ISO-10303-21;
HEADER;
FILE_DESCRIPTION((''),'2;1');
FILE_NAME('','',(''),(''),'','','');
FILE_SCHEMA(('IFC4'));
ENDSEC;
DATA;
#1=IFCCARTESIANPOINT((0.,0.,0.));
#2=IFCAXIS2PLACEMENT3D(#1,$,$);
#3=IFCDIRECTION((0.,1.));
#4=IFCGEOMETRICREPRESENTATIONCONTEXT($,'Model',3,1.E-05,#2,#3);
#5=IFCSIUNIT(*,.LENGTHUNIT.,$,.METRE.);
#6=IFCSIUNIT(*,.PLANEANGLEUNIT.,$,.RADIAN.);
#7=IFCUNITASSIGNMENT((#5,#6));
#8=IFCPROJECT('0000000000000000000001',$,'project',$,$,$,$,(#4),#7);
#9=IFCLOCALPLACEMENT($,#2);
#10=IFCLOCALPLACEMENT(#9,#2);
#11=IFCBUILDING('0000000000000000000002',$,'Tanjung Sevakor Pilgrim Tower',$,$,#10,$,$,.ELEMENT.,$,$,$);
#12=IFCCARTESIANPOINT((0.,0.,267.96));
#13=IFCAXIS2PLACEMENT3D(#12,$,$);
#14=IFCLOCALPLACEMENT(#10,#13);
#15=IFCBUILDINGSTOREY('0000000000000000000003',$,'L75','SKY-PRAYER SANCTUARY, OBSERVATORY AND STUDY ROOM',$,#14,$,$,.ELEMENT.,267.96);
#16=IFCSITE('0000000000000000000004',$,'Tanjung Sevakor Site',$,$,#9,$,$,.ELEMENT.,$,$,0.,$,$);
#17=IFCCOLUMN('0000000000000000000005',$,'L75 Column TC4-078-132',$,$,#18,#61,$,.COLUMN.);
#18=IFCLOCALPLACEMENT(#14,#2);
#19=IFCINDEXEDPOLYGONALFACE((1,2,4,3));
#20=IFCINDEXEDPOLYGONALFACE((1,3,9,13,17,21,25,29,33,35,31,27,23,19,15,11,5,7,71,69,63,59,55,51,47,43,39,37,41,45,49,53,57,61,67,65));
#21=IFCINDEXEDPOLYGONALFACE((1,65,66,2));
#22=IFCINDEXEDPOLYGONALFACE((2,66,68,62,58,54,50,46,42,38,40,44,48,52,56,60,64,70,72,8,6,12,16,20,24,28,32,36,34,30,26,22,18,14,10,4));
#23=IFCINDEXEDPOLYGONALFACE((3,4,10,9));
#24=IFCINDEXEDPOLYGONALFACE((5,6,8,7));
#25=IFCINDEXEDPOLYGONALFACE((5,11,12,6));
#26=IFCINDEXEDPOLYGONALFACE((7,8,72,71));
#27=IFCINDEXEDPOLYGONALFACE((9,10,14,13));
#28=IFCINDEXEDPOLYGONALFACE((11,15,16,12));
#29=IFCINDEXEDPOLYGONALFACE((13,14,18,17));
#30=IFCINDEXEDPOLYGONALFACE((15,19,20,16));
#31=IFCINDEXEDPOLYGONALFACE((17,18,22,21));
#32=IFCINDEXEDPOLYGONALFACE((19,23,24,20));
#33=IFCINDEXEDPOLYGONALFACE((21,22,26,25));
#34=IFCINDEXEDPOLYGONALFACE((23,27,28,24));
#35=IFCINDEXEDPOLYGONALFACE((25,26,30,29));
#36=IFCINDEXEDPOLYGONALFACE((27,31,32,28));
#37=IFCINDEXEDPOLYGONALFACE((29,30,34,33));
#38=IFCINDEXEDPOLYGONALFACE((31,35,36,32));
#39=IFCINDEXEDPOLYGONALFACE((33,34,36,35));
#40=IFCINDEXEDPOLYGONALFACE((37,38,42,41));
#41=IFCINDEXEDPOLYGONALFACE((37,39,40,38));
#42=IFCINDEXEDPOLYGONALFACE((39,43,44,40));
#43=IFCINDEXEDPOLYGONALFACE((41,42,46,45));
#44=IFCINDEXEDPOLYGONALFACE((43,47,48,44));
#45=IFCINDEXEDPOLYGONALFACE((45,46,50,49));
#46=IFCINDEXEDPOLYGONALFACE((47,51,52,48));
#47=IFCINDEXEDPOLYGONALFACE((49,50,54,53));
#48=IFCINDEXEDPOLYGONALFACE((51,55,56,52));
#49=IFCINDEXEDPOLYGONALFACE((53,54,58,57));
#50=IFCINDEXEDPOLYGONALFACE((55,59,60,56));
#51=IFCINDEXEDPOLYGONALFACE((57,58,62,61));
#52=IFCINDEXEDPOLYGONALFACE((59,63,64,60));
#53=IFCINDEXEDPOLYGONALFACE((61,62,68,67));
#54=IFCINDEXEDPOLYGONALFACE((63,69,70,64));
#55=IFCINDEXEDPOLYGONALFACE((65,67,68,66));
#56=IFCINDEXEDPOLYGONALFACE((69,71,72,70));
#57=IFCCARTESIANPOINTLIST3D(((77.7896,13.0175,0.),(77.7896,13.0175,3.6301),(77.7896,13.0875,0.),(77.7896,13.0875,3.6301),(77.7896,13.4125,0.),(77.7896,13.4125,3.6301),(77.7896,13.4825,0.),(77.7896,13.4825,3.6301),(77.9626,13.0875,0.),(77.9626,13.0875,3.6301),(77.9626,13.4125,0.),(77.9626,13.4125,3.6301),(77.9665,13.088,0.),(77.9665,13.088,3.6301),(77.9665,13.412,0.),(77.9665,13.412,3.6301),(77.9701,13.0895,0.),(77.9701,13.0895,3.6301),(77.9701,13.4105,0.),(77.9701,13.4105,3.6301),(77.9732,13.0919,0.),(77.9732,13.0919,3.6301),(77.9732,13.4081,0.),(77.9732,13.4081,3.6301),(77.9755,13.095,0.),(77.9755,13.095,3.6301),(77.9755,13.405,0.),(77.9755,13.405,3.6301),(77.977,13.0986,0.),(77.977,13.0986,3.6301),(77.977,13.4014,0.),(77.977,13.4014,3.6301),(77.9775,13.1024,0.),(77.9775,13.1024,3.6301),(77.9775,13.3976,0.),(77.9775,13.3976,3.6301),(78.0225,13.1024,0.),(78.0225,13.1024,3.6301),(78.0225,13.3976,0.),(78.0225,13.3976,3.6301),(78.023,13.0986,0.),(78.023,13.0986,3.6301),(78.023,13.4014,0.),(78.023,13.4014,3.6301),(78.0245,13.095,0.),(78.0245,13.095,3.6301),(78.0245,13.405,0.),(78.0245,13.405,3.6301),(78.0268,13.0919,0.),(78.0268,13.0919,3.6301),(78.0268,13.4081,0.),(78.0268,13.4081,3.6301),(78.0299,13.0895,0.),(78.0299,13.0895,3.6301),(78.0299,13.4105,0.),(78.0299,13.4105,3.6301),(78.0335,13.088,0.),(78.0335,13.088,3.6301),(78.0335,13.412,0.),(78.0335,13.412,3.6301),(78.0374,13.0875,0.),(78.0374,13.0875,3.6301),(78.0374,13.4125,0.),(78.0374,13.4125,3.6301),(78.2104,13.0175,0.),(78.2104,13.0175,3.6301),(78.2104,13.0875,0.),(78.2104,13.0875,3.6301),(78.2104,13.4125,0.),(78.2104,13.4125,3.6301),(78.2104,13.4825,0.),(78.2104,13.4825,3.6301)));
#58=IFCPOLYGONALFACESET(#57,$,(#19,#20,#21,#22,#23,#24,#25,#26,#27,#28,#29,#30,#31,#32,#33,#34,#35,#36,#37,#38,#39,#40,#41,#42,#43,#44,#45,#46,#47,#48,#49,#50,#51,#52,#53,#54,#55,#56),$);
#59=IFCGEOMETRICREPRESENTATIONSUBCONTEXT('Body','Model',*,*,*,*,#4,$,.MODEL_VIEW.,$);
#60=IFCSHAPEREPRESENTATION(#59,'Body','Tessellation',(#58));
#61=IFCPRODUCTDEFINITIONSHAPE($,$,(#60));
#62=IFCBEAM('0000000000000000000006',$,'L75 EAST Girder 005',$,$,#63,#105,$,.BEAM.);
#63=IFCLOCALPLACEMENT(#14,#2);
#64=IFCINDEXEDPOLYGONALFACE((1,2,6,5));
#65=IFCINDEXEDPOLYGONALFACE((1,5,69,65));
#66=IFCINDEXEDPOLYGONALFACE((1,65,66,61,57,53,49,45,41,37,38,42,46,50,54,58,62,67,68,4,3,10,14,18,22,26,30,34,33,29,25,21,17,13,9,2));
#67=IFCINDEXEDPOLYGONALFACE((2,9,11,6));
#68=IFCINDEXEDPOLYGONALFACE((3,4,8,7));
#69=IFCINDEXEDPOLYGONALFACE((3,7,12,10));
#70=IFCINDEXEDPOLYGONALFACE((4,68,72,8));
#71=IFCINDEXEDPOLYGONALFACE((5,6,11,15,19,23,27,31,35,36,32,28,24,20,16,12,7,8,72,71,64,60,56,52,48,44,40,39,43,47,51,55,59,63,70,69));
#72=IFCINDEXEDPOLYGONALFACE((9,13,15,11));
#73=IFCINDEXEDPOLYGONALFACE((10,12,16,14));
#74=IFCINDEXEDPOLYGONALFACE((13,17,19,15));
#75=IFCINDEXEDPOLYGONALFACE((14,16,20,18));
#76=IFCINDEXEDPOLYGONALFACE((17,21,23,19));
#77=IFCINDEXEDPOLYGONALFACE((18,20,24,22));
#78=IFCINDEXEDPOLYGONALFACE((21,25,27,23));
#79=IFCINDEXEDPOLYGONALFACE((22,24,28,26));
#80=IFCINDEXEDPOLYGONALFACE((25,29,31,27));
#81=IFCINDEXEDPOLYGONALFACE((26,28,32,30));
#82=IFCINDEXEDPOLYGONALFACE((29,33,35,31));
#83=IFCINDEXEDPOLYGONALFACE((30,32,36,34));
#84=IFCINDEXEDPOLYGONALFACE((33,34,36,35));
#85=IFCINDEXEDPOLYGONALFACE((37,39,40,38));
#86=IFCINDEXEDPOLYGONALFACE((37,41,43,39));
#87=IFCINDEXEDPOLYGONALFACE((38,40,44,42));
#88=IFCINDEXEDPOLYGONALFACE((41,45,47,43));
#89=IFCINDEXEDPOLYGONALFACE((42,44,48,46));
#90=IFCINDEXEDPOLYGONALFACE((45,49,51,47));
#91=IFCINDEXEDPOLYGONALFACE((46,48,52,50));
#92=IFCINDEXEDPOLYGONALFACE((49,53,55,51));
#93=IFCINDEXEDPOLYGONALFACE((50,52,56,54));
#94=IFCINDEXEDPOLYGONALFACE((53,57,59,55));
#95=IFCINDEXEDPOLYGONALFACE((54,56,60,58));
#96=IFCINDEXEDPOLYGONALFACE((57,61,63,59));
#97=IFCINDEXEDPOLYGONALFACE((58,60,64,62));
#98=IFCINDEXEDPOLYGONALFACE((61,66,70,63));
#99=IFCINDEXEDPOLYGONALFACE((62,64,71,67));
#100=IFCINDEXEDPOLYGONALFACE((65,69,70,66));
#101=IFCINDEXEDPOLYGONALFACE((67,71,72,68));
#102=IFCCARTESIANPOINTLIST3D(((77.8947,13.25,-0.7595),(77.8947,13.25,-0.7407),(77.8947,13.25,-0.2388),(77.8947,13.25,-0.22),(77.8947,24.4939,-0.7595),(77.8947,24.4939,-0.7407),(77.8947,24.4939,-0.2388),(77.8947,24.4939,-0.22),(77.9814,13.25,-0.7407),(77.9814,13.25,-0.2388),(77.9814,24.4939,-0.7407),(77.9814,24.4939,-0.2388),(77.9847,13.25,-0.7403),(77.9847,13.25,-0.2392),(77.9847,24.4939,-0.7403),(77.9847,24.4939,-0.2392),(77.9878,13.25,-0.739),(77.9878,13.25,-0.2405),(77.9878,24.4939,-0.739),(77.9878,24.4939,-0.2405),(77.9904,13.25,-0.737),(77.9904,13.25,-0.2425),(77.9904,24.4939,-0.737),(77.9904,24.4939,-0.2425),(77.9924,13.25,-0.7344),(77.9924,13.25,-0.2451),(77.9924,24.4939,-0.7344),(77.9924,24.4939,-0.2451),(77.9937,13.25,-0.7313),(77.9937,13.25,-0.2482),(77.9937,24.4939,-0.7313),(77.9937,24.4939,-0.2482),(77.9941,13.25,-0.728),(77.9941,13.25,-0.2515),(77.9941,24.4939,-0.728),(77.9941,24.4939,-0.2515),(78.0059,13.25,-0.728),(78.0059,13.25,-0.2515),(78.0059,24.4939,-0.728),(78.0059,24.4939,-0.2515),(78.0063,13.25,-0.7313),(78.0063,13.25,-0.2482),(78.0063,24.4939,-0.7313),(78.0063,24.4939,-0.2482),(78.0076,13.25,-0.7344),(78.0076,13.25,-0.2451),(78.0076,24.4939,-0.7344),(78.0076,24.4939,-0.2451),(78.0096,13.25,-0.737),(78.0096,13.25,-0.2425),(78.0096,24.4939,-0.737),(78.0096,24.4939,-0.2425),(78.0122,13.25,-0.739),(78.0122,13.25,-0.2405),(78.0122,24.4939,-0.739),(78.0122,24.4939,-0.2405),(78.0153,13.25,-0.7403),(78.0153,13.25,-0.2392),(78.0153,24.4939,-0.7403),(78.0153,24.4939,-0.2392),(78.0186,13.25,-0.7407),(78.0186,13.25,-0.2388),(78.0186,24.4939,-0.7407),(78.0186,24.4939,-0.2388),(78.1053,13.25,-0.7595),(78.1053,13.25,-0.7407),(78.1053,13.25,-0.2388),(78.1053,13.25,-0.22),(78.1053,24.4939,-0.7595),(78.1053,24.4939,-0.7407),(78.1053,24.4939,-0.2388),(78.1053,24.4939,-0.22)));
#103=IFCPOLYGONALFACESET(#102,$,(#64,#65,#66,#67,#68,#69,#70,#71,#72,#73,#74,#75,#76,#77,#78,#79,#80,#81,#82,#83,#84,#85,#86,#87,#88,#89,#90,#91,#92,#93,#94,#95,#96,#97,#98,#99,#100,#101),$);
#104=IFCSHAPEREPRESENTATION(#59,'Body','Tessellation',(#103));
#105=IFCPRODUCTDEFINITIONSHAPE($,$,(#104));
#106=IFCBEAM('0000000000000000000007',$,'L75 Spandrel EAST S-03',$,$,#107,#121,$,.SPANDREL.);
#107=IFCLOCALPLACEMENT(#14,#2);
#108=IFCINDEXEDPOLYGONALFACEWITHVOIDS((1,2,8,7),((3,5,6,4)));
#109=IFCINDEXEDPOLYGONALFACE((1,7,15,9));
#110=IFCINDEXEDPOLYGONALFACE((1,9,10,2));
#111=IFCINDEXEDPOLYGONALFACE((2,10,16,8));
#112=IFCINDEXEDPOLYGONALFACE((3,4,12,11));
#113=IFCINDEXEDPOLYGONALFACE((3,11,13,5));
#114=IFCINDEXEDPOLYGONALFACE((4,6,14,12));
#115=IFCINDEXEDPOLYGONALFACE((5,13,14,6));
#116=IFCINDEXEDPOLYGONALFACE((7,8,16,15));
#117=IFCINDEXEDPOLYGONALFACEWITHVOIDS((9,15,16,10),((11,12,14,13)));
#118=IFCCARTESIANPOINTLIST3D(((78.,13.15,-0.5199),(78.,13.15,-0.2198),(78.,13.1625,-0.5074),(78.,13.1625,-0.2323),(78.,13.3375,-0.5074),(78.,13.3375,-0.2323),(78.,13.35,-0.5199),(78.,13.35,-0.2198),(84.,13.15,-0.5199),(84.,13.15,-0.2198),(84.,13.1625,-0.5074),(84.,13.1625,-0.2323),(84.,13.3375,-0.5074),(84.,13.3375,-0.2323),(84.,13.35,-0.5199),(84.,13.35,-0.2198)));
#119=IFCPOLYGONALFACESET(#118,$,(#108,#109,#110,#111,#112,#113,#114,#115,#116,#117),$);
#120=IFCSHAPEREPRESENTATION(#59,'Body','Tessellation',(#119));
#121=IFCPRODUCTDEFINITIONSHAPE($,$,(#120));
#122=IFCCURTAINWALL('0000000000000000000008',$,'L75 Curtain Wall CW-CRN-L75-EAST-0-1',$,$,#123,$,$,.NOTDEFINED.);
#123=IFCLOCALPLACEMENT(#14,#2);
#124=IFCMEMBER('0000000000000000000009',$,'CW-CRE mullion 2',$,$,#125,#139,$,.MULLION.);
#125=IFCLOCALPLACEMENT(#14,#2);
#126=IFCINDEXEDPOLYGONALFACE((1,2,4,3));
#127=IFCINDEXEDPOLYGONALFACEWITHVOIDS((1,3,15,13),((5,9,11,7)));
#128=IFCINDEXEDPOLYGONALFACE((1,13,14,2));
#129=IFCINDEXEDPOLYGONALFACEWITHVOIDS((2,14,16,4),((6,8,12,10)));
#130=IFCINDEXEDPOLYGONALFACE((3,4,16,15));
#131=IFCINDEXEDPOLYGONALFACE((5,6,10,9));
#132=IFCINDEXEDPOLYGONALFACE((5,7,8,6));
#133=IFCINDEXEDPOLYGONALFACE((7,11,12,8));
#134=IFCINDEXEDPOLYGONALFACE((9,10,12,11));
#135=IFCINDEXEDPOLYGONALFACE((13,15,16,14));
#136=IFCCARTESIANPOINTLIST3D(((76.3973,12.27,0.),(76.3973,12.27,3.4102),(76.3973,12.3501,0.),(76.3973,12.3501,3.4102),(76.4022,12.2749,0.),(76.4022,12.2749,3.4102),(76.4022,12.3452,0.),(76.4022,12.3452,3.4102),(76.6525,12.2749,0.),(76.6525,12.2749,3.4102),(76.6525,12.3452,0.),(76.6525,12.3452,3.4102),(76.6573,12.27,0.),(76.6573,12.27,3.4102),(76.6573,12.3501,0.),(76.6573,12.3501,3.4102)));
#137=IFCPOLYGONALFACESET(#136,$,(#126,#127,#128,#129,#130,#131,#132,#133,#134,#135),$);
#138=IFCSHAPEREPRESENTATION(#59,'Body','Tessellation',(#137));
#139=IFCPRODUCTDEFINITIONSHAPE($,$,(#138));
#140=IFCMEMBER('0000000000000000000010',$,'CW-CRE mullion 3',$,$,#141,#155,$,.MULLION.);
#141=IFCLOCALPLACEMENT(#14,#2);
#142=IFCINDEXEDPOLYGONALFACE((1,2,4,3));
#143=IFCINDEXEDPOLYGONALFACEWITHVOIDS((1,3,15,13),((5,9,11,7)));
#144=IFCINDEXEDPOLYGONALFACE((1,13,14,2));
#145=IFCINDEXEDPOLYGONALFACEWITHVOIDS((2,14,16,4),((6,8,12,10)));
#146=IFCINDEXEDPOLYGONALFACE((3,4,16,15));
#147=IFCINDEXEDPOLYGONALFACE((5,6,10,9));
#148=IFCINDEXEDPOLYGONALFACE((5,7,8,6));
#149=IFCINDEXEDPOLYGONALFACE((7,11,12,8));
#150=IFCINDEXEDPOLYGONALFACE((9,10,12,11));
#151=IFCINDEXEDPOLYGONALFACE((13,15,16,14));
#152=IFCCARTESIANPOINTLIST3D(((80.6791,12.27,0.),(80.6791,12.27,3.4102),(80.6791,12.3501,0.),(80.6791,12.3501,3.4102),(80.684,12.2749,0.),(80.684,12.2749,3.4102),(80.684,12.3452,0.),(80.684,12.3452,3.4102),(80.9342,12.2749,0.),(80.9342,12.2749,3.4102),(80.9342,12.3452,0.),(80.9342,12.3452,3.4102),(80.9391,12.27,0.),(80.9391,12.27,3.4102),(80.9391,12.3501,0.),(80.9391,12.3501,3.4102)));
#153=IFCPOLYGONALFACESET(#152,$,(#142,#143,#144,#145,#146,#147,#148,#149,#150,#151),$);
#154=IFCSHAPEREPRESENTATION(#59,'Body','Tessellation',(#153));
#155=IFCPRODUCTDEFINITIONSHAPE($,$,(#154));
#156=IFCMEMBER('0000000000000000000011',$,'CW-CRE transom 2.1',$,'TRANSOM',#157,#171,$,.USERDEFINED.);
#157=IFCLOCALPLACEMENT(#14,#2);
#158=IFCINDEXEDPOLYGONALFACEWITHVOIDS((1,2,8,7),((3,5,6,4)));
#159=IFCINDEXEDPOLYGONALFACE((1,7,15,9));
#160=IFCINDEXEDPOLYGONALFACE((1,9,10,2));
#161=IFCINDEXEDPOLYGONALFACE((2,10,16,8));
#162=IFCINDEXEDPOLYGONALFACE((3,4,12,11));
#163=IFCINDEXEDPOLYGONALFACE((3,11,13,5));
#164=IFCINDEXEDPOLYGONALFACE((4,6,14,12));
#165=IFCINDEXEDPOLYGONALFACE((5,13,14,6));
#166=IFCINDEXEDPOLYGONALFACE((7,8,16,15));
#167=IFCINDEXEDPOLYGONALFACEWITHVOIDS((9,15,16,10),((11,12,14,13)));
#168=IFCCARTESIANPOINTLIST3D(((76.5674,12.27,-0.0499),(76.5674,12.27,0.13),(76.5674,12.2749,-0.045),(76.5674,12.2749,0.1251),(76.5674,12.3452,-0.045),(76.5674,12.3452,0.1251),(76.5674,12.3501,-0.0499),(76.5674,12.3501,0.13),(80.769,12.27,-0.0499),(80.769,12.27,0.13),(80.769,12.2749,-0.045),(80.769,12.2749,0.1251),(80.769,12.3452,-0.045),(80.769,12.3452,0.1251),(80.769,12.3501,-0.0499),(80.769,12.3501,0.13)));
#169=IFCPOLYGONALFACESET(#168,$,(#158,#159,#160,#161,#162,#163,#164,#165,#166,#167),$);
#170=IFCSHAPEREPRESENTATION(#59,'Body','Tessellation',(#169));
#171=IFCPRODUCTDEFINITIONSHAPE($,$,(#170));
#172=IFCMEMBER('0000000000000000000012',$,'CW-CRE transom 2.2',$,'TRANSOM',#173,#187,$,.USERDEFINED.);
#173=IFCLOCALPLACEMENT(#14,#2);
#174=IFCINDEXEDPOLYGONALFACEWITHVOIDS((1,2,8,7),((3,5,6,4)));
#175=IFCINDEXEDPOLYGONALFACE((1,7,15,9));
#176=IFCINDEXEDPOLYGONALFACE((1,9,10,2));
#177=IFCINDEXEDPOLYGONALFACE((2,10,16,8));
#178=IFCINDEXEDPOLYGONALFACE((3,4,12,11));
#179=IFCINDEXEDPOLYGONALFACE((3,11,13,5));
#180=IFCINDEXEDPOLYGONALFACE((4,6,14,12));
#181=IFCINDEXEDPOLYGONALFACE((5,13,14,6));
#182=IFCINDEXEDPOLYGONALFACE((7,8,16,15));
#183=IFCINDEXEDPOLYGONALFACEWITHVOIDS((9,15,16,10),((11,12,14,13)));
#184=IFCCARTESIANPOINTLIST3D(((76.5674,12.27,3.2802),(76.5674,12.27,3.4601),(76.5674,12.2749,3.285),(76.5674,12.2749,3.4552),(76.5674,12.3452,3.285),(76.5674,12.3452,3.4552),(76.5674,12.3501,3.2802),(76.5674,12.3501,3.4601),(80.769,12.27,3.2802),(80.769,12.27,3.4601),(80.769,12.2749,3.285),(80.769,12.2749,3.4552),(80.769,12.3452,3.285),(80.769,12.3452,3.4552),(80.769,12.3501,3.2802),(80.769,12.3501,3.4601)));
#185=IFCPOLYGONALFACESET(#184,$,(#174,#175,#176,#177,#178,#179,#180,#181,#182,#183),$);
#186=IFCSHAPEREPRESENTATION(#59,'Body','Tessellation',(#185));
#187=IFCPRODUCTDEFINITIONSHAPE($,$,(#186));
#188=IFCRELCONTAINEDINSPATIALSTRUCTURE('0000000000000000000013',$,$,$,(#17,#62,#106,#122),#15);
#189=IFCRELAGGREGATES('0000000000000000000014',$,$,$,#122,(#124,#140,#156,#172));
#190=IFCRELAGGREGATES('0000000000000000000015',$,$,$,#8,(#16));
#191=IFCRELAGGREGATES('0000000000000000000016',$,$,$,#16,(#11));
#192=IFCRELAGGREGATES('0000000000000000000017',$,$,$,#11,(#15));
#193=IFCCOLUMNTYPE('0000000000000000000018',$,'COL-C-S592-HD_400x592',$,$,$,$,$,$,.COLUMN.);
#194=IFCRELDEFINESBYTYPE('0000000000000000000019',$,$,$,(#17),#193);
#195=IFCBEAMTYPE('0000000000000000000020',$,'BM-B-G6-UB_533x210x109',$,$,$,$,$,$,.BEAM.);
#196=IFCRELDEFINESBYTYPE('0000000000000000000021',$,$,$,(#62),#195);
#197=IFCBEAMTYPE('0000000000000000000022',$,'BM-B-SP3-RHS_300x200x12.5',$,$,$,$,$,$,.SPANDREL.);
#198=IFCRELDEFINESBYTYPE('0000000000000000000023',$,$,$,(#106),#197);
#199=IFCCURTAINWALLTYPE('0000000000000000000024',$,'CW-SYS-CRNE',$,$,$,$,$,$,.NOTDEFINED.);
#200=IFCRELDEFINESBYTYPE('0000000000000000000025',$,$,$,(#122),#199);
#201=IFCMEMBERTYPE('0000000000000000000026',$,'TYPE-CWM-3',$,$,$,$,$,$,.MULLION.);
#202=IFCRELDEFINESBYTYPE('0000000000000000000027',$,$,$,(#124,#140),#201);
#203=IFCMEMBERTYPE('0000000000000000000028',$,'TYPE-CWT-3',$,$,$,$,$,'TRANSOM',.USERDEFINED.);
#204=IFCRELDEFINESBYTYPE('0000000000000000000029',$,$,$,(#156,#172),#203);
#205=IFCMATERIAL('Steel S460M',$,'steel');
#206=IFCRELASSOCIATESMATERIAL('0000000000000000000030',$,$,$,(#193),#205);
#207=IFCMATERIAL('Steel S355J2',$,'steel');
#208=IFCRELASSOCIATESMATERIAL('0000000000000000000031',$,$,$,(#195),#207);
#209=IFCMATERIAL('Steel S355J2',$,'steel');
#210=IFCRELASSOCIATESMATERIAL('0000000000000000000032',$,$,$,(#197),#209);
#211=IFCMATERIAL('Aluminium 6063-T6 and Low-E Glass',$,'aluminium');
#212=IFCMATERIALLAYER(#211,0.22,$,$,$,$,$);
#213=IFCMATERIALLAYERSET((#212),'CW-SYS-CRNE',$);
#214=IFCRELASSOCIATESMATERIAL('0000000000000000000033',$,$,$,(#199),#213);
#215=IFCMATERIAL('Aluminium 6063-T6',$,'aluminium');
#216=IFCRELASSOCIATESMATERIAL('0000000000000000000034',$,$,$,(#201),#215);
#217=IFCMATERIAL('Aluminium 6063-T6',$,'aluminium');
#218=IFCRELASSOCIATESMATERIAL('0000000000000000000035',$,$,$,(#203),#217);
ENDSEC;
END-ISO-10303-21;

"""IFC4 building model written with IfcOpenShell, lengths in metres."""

from ifc_helpers import new_model, si_unit, direction, frame, origin, origin_2d, place, context, subcontext, project, spatial, hollow_rectangle, i_section, extrude, material, layer, layer_set, material_profile, profile_set, type_object, element, aggregate, save


model = new_model("IFC4")

# Units and contexts
model_context = context("Model", 3, precision=1e-05, world=origin(), true_north=direction((0.0, 1.0)))
body_context = subcontext(model_context, "Body", "Model", "MODEL_VIEW")
ifc_project = project(units=[si_unit("LENGTHUNIT", "METRE"), si_unit("PLANEANGLEUNIT", "RADIAN")], contexts=[model_context])

# Site, building, storey
site_placement = place(None, origin())
site = spatial("IfcSite", under=ifc_project, at=site_placement, Name="Tanjung Sevakor Site", CompositionType="ELEMENT", RefElevation=0.0)
building_placement = place(site_placement, origin())
building = spatial("IfcBuilding", under=site, at=building_placement, Name="Tanjung Sevakor Pilgrim Tower", CompositionType="ELEMENT")
storey_placement = place(building_placement, frame((0.0, 0.0, 267.96)))
storey = spatial("IfcBuildingStorey", under=building, at=storey_placement, Name="L75", Description="SKY-PRAYER SANCTUARY, OBSERVATORY AND STUDY ROOM", CompositionType="ELEMENT", Elevation=267.96)

# Column
ifc_material_1 = material(Name="Steel S460M", Category="steel")
ifc_material_profile_1 = material_profile(ifc_material_1, i_section(OverallWidth=0.4209, OverallDepth=0.4651, WebThickness=0.0449, FlangeThickness=0.0701, FilletRadius=0.0149, at=origin_2d()))
ifc_profile_set_1 = profile_set([ifc_material_profile_1], Name="Steel S460M")
column_type = type_object("IfcColumnType", Name="COL-C-S592-HD_400x592", PredefinedType="COLUMN", material=ifc_profile_set_1)
column_placement = place(storey_placement, frame((78.0, 13.25, 0.0), z_axis=(0.0, 0.0, 1.0), x_axis=(1.0, 0.0, 0.0)))
element("IfcColumn", 1, at=column_placement, inside=storey, type_object=column_type, Name="L75 Column TC4-078-132", PredefinedType="COLUMN", context=body_context, shape_type="SweptSolid", body=[
    extrude(i_section(OverallWidth=0.4209, OverallDepth=0.4651, WebThickness=0.0449, FlangeThickness=0.0701, FilletRadius=0.0149, at=origin_2d()), origin(), (0.0, 0.0, 1.0), 3.6301),
])

# Beams
ifc_material_2 = material(Name="Steel S355J2", Category="steel")
ifc_material_profile_2 = material_profile(ifc_material_2, i_section(OverallWidth=0.2107, OverallDepth=0.5396, WebThickness=0.0117, FlangeThickness=0.0188, FilletRadius=0.0127, at=origin_2d()))
ifc_profile_set_2 = profile_set([ifc_material_profile_2], Name="Steel S355J2")
beam_type_1 = type_object("IfcBeamType", Name="BM-B-G6-UB_533x210x109", PredefinedType="BEAM", material=ifc_profile_set_2)
beam_1_placement = place(storey_placement, frame((78.0, 13.25, -0.4897), z_axis=(0.0, 1.0, 0.0), x_axis=(-1.0, 0.0, 0.0)))
element("IfcBeam", 2, at=beam_1_placement, inside=storey, type_object=beam_type_1, Name="L75 EAST Girder 005", PredefinedType="BEAM", context=body_context, shape_type="SweptSolid", body=[
    extrude(i_section(OverallWidth=0.2107, OverallDepth=0.5396, WebThickness=0.0117, FlangeThickness=0.0188, FilletRadius=0.0127, at=origin_2d()), origin(), (0.0, 0.0, 1.0), 11.2439),
])
ifc_material_3 = material(Name="Steel S355J2", Category="steel")
ifc_material_profile_3 = material_profile(ifc_material_3, hollow_rectangle(XDim=0.2, YDim=0.3, WallThickness=0.0125, at=origin_2d()))
ifc_profile_set_3 = profile_set([ifc_material_profile_3], Name="Steel S355J2")
beam_type_2 = type_object("IfcBeamType", Name="BM-B-SP3-RHS_300x200x12.5", PredefinedType="SPANDREL", material=ifc_profile_set_3)
beam_2_placement = place(storey_placement, frame((78.0, 13.25, -0.3699), z_axis=(1.0, 0.0, 0.0), x_axis=(0.0, 1.0, 0.0)))
element("IfcBeam", 3, at=beam_2_placement, inside=storey, type_object=beam_type_2, Name="L75 Spandrel EAST S-03", PredefinedType="SPANDREL", context=body_context, shape_type="SweptSolid", body=[
    extrude(hollow_rectangle(XDim=0.2, YDim=0.3, WallThickness=0.0125, at=origin_2d()), origin(), (0.0, 0.0, 1.0), 6.0),
])

# Curtain wall, members
ifc_material_4 = material(Name="Aluminium 6063-T6 and Low-E Glass", Category="aluminium")
ifc_layer_1 = layer(ifc_material_4, 0.22)
ifc_layer_set_1 = layer_set([ifc_layer_1], Name="CW-SYS-CRNE")
curtain_wall_type = type_object("IfcCurtainWallType", Name="CW-SYS-CRNE", PredefinedType="NOTDEFINED", material=ifc_layer_set_1)
curtain_wall_placement = place(storey_placement, origin())
curtain_wall = element("IfcCurtainWall", 4, at=curtain_wall_placement, inside=storey, type_object=curtain_wall_type, Name="L75 Curtain Wall CW-CRN-L75-EAST-0-1", PredefinedType="NOTDEFINED")
ifc_material_5 = material(Name="Aluminium 6063-T6", Category="aluminium")
ifc_material_profile_4 = material_profile(ifc_material_5, hollow_rectangle(XDim=0.0801, YDim=0.26, WallThickness=0.0049, at=origin_2d()))
ifc_profile_set_4 = profile_set([ifc_material_profile_4], Name="Aluminium 6063-T6")
member_type_1 = type_object("IfcMemberType", Name="TYPE-CWM-3", PredefinedType="MULLION", material=ifc_profile_set_4)
member_1_placement = place(storey_placement, frame((76.5273, 12.3101, 0.0), z_axis=(0.0, 0.0, 1.0), x_axis=(0.0, 1.0, 0.0)))
member_1 = element("IfcMember", 5, at=member_1_placement, type_object=member_type_1, Name="CW-CRE mullion 2", PredefinedType="MULLION", context=body_context, shape_type="SweptSolid", body=[
    extrude(hollow_rectangle(XDim=0.0801, YDim=0.26, WallThickness=0.0049, at=origin_2d()), origin(), (0.0, 0.0, 1.0), 3.4102),
])
member_2_placement = place(storey_placement, frame((80.8091, 12.3101, 0.0), z_axis=(0.0, 0.0, 1.0), x_axis=(0.0, 1.0, 0.0)))
member_2 = element("IfcMember", 6, at=member_2_placement, type_object=member_type_1, Name="CW-CRE mullion 3", PredefinedType="MULLION", context=body_context, shape_type="SweptSolid", body=[
    extrude(hollow_rectangle(XDim=0.0801, YDim=0.26, WallThickness=0.0049, at=origin_2d()), origin(), (0.0, 0.0, 1.0), 3.4102),
])
ifc_material_6 = material(Name="Aluminium 6063-T6", Category="aluminium")
ifc_material_profile_5 = material_profile(ifc_material_6, hollow_rectangle(XDim=0.0801, YDim=0.1799, WallThickness=0.0049, at=origin_2d()))
ifc_profile_set_5 = profile_set([ifc_material_profile_5], Name="Aluminium 6063-T6")
member_type_2 = type_object("IfcMemberType", Name="TYPE-CWT-3", ElementType="TRANSOM", PredefinedType="USERDEFINED", material=ifc_profile_set_5)
member_3_placement = place(storey_placement, frame((76.5674, 12.3101, 0.04), z_axis=(1.0, 0.0, 0.0), x_axis=(0.0, 1.0, 0.0)))
member_3 = element("IfcMember", 7, at=member_3_placement, type_object=member_type_2, Name="CW-CRE transom 2.1", ObjectType="TRANSOM", PredefinedType="USERDEFINED", context=body_context, shape_type="SweptSolid", body=[
    extrude(hollow_rectangle(XDim=0.0801, YDim=0.1799, WallThickness=0.0049, at=origin_2d()), origin(), (0.0, 0.0, 1.0), 4.2017),
])
member_4_placement = place(storey_placement, frame((76.5674, 12.3101, 3.3701), z_axis=(1.0, 0.0, 0.0), x_axis=(0.0, 1.0, 0.0)))
member_4 = element("IfcMember", 8, at=member_4_placement, type_object=member_type_2, Name="CW-CRE transom 2.2", ObjectType="TRANSOM", PredefinedType="USERDEFINED", context=body_context, shape_type="SweptSolid", body=[
    extrude(hollow_rectangle(XDim=0.0801, YDim=0.1799, WallThickness=0.0049, at=origin_2d()), origin(), (0.0, 0.0, 1.0), 4.2017),
])
aggregate(curtain_wall, [member_1, member_2, member_3, member_4])

save(model, "model.ifc")
